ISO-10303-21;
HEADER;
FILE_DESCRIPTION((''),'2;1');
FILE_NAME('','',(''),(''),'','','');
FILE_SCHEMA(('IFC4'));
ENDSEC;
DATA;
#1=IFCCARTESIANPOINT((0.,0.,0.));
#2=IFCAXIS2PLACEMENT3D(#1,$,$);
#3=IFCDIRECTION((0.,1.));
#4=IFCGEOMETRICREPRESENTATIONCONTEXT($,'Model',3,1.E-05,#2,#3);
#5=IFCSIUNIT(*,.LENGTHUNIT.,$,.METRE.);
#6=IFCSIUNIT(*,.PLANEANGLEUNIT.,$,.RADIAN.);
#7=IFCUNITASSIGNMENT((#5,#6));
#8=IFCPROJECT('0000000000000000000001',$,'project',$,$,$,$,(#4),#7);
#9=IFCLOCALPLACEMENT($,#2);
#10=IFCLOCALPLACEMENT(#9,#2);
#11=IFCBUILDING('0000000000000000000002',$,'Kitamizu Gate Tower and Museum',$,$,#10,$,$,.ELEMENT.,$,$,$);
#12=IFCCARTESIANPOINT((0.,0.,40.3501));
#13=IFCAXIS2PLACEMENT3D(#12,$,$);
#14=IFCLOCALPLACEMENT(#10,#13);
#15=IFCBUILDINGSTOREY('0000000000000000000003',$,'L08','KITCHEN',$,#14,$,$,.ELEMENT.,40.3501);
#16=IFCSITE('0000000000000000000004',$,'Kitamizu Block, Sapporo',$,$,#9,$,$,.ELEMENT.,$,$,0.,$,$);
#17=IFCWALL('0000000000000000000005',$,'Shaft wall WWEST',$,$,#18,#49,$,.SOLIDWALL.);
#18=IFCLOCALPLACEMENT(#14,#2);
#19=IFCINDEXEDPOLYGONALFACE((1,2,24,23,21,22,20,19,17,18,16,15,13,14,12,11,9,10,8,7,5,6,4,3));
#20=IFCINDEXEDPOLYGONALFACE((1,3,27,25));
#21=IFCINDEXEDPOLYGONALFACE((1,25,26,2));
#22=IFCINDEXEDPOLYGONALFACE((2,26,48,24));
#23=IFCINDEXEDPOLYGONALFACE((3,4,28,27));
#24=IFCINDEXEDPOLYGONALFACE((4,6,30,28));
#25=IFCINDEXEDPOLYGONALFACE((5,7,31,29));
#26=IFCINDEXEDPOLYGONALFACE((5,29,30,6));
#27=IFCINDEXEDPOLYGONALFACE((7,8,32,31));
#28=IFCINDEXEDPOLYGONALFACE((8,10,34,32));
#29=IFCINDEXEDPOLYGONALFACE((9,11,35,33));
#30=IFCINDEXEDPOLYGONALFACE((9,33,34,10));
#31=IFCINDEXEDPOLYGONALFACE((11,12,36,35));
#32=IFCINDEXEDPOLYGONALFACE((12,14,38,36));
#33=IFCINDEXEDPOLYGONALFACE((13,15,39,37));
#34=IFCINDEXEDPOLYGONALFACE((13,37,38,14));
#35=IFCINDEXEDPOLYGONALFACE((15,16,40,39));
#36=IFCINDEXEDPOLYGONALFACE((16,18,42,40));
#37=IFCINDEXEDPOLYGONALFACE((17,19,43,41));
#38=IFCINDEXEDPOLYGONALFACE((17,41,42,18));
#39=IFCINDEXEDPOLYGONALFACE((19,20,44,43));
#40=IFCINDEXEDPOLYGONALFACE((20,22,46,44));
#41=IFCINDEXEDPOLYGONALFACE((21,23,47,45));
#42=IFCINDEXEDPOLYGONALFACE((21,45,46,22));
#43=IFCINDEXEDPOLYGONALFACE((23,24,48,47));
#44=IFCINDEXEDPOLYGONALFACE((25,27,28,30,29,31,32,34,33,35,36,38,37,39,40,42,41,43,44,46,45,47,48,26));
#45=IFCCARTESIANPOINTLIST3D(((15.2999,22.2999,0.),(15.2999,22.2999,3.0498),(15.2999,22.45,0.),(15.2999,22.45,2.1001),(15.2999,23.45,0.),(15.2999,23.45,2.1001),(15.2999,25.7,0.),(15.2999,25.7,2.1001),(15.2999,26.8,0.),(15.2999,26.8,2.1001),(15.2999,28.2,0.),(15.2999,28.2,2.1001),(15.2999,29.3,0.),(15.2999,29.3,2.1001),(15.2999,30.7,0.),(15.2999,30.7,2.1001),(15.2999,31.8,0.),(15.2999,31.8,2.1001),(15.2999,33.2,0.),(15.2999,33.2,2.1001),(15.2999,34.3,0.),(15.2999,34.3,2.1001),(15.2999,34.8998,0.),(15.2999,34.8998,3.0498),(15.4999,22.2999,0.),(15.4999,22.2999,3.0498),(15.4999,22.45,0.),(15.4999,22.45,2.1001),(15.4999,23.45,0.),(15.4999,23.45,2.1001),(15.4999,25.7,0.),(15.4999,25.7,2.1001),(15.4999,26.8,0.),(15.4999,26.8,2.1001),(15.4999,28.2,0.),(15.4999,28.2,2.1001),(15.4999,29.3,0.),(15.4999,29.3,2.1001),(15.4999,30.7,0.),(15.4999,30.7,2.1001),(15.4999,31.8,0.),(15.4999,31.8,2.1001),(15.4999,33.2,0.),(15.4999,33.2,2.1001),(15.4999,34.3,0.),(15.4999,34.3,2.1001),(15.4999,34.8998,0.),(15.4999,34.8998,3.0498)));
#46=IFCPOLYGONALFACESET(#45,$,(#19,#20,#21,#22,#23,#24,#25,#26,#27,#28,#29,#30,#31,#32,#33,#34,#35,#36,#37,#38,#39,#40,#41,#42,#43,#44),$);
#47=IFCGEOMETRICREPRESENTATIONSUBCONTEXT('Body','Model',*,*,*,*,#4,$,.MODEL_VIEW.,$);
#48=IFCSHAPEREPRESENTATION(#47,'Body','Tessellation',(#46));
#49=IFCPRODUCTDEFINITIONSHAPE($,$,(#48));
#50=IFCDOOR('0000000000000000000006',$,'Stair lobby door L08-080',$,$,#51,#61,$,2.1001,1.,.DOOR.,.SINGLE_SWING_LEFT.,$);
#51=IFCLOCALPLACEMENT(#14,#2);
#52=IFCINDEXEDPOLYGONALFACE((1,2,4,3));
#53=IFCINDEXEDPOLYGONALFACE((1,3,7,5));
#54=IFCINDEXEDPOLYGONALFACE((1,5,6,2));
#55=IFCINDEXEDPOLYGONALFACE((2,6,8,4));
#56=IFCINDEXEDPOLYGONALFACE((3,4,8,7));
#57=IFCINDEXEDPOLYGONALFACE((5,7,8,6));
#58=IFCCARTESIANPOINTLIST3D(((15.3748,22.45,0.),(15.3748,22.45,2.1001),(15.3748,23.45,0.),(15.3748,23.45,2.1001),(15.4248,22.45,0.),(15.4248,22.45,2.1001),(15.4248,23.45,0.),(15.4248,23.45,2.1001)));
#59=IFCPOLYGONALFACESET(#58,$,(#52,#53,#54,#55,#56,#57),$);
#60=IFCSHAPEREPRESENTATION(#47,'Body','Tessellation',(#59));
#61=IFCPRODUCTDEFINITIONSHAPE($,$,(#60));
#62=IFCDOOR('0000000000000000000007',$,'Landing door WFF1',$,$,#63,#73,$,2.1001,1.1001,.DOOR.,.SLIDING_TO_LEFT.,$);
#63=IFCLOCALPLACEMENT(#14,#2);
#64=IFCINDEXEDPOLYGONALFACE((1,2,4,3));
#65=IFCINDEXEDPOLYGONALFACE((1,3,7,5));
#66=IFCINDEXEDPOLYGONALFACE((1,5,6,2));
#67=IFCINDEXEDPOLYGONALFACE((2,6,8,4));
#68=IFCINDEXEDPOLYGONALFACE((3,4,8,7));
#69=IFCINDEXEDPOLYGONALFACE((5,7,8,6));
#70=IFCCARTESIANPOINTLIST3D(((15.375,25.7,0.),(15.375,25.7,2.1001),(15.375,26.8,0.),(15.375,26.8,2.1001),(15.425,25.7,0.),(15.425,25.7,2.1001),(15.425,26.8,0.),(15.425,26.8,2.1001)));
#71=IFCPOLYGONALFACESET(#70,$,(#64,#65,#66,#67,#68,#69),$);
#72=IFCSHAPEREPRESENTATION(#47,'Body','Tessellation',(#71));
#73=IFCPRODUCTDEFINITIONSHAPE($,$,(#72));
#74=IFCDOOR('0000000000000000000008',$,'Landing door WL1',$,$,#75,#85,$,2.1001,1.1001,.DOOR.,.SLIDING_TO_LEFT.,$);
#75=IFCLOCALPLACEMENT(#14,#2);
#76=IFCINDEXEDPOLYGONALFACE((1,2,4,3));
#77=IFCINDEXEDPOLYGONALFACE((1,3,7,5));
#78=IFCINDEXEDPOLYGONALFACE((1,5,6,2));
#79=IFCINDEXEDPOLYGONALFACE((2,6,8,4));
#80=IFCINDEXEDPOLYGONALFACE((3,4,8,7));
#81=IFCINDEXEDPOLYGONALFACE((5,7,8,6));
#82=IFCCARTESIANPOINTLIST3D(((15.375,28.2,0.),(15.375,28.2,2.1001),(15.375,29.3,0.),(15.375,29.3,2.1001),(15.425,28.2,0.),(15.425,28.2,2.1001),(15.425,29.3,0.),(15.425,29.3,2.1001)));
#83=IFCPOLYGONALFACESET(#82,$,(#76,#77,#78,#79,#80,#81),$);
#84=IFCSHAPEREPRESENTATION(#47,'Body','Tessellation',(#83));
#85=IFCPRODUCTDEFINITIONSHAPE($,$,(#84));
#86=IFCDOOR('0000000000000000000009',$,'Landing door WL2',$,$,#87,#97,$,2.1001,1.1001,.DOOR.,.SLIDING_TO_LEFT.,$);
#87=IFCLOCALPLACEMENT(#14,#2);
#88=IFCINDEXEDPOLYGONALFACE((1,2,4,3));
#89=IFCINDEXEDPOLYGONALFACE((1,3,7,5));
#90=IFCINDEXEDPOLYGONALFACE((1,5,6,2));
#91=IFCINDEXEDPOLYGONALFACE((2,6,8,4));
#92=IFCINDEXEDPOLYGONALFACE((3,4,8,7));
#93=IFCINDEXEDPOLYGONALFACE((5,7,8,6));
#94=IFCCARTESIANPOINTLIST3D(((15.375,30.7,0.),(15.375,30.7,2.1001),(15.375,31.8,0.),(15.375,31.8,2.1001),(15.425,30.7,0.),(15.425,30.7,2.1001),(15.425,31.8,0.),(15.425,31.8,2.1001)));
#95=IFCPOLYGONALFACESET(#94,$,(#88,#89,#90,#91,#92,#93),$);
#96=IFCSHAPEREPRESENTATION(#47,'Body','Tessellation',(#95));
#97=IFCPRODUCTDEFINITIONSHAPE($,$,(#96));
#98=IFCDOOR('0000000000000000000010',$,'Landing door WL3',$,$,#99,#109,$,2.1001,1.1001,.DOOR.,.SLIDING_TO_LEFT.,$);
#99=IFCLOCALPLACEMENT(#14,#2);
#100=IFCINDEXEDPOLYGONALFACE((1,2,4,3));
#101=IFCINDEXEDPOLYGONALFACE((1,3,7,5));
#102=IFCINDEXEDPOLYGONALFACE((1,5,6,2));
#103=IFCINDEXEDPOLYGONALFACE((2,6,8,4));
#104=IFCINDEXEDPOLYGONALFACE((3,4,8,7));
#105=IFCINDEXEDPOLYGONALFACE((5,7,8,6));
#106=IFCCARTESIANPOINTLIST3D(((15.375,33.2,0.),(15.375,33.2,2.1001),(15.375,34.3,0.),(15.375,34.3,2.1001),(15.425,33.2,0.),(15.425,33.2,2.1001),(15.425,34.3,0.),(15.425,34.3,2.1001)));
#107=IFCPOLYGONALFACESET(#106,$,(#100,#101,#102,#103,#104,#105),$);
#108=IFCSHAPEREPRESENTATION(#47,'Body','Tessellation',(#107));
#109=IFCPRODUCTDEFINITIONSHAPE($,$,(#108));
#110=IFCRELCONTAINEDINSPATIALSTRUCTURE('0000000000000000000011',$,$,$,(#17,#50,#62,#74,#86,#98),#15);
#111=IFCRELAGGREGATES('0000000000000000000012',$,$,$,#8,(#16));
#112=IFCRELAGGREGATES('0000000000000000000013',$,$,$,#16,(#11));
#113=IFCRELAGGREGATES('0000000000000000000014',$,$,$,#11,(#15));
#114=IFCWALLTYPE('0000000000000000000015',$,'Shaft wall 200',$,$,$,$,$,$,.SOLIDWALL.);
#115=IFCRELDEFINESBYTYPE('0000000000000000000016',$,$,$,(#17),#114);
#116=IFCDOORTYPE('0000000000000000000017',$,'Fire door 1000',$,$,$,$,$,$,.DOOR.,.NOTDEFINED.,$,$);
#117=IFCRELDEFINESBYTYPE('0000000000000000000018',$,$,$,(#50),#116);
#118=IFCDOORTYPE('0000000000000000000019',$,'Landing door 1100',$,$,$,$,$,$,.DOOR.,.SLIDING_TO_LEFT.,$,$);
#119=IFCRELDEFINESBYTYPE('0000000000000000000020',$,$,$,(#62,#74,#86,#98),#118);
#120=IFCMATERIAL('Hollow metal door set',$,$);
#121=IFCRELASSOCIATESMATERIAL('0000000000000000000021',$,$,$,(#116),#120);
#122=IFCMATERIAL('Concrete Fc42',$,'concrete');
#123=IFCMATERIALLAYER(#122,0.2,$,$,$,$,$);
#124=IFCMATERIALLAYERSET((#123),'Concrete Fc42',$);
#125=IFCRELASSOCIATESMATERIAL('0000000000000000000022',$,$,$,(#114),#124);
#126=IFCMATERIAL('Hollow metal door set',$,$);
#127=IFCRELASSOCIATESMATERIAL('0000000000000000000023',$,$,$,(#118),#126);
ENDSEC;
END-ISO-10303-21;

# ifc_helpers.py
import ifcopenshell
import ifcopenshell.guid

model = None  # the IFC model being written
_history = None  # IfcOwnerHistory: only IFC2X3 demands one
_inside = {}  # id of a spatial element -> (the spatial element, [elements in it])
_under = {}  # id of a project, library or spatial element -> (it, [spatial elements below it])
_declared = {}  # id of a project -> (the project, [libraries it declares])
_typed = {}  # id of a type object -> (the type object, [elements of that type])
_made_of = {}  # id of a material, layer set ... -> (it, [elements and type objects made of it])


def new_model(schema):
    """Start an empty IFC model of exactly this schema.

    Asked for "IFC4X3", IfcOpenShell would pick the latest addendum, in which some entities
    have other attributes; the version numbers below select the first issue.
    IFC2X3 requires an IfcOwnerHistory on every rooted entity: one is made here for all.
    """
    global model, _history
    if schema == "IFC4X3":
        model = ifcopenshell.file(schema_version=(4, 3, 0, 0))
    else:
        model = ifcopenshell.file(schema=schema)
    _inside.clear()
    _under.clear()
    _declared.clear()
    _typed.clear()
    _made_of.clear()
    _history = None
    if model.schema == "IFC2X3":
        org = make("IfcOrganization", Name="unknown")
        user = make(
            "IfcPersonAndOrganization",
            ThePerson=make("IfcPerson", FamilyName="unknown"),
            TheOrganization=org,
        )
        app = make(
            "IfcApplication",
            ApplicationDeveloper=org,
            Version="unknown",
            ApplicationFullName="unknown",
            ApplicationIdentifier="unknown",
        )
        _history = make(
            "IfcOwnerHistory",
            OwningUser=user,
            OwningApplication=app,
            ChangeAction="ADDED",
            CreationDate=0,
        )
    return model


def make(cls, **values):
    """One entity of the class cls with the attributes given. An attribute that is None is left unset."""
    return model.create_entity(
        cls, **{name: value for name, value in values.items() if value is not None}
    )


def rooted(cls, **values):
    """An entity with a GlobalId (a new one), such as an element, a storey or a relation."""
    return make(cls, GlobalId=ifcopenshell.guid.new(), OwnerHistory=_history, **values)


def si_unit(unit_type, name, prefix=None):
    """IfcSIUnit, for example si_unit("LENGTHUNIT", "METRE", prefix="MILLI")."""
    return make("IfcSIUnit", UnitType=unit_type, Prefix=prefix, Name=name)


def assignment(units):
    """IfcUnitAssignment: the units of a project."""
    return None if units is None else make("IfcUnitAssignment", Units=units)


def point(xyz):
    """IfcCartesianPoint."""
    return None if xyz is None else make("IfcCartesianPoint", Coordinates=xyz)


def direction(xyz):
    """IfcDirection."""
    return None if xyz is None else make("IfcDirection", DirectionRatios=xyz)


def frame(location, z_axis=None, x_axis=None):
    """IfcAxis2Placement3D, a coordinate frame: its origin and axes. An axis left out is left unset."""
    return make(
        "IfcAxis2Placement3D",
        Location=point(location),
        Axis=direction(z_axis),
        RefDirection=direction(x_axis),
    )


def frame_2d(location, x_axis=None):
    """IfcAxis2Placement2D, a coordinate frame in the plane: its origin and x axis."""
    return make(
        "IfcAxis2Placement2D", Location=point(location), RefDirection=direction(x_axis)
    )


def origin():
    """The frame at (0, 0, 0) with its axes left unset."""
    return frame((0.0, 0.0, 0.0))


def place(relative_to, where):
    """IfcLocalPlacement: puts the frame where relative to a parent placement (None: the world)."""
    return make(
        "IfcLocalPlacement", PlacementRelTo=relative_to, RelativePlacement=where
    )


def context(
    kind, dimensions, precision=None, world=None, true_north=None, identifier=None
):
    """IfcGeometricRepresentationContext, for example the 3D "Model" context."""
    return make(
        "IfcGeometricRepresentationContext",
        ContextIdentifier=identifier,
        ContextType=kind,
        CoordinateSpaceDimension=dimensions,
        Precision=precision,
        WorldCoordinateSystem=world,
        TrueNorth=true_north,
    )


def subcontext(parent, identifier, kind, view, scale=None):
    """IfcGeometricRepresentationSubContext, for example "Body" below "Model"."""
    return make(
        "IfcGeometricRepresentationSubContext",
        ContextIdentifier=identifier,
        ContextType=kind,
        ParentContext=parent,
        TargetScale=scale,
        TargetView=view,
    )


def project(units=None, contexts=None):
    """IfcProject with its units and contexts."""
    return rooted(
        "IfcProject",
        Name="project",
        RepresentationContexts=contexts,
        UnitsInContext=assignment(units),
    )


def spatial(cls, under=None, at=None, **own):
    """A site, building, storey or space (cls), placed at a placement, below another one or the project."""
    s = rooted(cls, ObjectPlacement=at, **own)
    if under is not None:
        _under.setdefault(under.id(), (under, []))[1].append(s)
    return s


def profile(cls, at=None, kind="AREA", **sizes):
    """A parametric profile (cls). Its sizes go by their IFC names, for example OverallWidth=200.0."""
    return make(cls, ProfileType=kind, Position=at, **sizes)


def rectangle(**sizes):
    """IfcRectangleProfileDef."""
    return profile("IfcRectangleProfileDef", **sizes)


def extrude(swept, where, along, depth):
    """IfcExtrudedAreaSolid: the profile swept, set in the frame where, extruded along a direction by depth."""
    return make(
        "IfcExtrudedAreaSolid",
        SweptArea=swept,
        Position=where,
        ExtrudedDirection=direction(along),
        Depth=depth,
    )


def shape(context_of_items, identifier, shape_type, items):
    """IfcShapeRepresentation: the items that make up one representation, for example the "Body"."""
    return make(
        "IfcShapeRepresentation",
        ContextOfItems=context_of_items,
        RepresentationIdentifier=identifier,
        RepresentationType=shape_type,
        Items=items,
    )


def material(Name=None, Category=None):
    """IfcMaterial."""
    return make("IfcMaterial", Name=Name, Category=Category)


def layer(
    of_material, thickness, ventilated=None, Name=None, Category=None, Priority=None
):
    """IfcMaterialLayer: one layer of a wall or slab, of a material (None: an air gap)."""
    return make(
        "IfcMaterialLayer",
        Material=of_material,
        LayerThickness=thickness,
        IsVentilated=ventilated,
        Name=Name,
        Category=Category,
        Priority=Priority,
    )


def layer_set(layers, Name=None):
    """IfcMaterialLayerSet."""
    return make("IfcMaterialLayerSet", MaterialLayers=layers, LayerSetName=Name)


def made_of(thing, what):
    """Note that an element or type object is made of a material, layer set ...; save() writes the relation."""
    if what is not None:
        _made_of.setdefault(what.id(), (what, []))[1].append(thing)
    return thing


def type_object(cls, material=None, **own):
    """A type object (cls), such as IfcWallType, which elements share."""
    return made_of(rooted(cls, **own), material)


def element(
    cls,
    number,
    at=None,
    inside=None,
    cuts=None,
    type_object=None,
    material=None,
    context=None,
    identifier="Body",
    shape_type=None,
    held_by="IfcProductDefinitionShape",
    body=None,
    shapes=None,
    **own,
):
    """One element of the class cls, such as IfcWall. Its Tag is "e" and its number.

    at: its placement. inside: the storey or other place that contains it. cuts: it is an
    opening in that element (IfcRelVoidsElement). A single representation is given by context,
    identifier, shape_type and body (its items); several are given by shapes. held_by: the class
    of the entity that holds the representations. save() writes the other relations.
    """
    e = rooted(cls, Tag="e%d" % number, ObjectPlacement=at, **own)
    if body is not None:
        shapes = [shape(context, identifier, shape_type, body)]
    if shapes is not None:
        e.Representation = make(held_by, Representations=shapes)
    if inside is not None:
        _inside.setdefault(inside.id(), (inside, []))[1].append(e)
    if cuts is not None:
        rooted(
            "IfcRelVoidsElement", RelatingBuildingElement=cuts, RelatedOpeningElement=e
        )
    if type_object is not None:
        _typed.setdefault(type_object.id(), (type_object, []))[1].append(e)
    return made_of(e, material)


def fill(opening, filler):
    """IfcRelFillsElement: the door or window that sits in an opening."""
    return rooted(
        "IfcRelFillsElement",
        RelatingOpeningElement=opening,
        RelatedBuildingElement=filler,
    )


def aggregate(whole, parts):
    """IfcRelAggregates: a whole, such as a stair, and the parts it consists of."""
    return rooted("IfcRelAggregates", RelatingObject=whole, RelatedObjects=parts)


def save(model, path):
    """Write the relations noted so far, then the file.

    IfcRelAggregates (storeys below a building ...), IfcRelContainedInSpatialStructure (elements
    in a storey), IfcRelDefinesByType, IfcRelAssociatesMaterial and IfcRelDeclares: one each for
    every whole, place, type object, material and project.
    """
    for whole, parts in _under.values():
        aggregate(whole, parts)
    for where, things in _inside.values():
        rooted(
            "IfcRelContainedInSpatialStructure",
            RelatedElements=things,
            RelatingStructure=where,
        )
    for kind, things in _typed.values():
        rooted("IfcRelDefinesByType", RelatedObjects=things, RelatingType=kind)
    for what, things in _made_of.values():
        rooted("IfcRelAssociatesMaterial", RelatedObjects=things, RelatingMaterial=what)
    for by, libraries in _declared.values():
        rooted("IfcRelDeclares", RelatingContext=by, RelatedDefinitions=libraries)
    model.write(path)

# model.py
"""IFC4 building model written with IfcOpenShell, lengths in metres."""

from ifc_helpers import new_model, si_unit, direction, frame, frame_2d, origin, place, context, subcontext, project, spatial, rectangle, extrude, material, layer, layer_set, type_object, element, fill, save


model = new_model("IFC4")

# Units and contexts
model_context = context("Model", 3, precision=1e-05, world=origin(), true_north=direction((0.0, 1.0)))
body_context = subcontext(model_context, "Body", "Model", "MODEL_VIEW")
ifc_project = project(units=[si_unit("LENGTHUNIT", "METRE"), si_unit("PLANEANGLEUNIT", "RADIAN")], contexts=[model_context])

# Site, building, storey
site_placement = place(None, origin())
site = spatial("IfcSite", under=ifc_project, at=site_placement, Name="Kitamizu Block, Sapporo", CompositionType="ELEMENT", RefElevation=0.0)
building_placement = place(site_placement, origin())
building = spatial("IfcBuilding", under=site, at=building_placement, Name="Kitamizu Gate Tower and Museum", CompositionType="ELEMENT")
storey_placement = place(building_placement, frame((0.0, 0.0, 40.3501)))
storey = spatial("IfcBuildingStorey", under=building, at=storey_placement, Name="L08", Description="KITCHEN", CompositionType="ELEMENT", Elevation=40.3501)

# Shared definitions
ifc_material_1 = material(Name="Hollow metal door set")
door_type_1 = type_object("IfcDoorType", Name="Fire door 1000", OperationType="NOTDEFINED", PredefinedType="DOOR", material=ifc_material_1)

# Wall, openings, doors
ifc_material_2 = material(Name="Concrete Fc42", Category="concrete")
ifc_layer_1 = layer(ifc_material_2, 0.2)
ifc_layer_set_1 = layer_set([ifc_layer_1], Name="Concrete Fc42")
wall_type_1 = type_object("IfcWallType", Name="Shaft wall 200", PredefinedType="SOLIDWALL", material=ifc_layer_set_1)
wall_1_placement = place(storey_placement, frame((15.3999, 22.3, 0.0), z_axis=(0.0, 0.0, 1.0), x_axis=(0.0, 1.0, 0.0)))
wall_1 = element("IfcWall", 1, at=wall_1_placement, inside=storey, type_object=wall_type_1, Name="Shaft wall WWEST", PredefinedType="SOLIDWALL", context=body_context, shape_type="SweptSolid", body=[
    extrude(rectangle(XDim=12.5999, YDim=0.2, at=frame_2d((6.2998, 0.0))), origin(), (0.0, 0.0, 1.0), 3.0498),
])
opening_1_placement = place(wall_1_placement, frame((3.3999, 0.0, 0.0)))
opening_1 = element("IfcOpeningElement", 2, at=opening_1_placement, cuts=wall_1, PredefinedType="OPENING", context=body_context, shape_type="SweptSolid", body=[
    extrude(rectangle(XDim=1.1001, YDim=2.1001, at=frame_2d((0.55, 1.05))), frame((0.0, 0.1099, 0.0), z_axis=(0.0, -1.0, 0.0), x_axis=(1.0, 0.0, 0.0)), (0.0, 0.0, 1.0), 0.22),
])
opening_2_placement = place(wall_1_placement, frame((5.8999, 0.0, 0.0)))
opening_2 = element("IfcOpeningElement", 3, at=opening_2_placement, cuts=wall_1, PredefinedType="OPENING", context=body_context, shape_type="SweptSolid", body=[
    extrude(rectangle(XDim=1.1001, YDim=2.1001, at=frame_2d((0.55, 1.05))), frame((0.0, 0.1099, 0.0), z_axis=(0.0, -1.0, 0.0), x_axis=(1.0, 0.0, 0.0)), (0.0, 0.0, 1.0), 0.22),
])
opening_3_placement = place(wall_1_placement, frame((8.3999, 0.0, 0.0)))
opening_3 = element("IfcOpeningElement", 4, at=opening_3_placement, cuts=wall_1, PredefinedType="OPENING", context=body_context, shape_type="SweptSolid", body=[
    extrude(rectangle(XDim=1.1001, YDim=2.1001, at=frame_2d((0.55, 1.05))), frame((0.0, 0.1099, 0.0), z_axis=(0.0, -1.0, 0.0), x_axis=(1.0, 0.0, 0.0)), (0.0, 0.0, 1.0), 0.22),
])
opening_4_placement = place(wall_1_placement, frame((10.8999, 0.0, 0.0)))
opening_4 = element("IfcOpeningElement", 5, at=opening_4_placement, cuts=wall_1, PredefinedType="OPENING", context=body_context, shape_type="SweptSolid", body=[
    extrude(rectangle(XDim=1.1001, YDim=2.1001, at=frame_2d((0.55, 1.05))), frame((0.0, 0.1099, 0.0), z_axis=(0.0, -1.0, 0.0), x_axis=(1.0, 0.0, 0.0)), (0.0, 0.0, 1.0), 0.22),
])
opening_5_placement = place(wall_1_placement, frame((0.1499, 0.0, 0.0)))
opening_5 = element("IfcOpeningElement", 6, at=opening_5_placement, cuts=wall_1, PredefinedType="OPENING", context=body_context, shape_type="SweptSolid", body=[
    extrude(rectangle(XDim=1.0, YDim=2.1001, at=frame_2d((0.5, 1.05))), frame((0.0, 0.1099, 0.0), z_axis=(0.0, -1.0, 0.0), x_axis=(1.0, 0.0, 0.0)), (0.0, 0.0, 1.0), 0.22),
])
door_1_placement = place(opening_5_placement, frame((1.0, 0.0, 0.0), x_axis=(-1.0, 0.0, 0.0)))
door_1 = element("IfcDoor", 7, at=door_1_placement, inside=storey, type_object=door_type_1, Name="Stair lobby door L08-080", OperationType="SINGLE_SWING_LEFT", OverallHeight=2.1001, OverallWidth=1.0, PredefinedType="DOOR", context=body_context, shape_type="SweptSolid", body=[
    extrude(rectangle(XDim=1.0, YDim=2.1001, at=frame_2d((0.5, 1.05))), frame((0.0, 0.0249, 0.0), z_axis=(0.0, -1.0, 0.0), x_axis=(1.0, 0.0, 0.0)), (0.0, 0.0, 1.0), 0.05),
])
fill(opening_5, door_1)
ifc_material_3 = material(Name="Hollow metal door set")
door_type_2 = type_object("IfcDoorType", Name="Landing door 1100", OperationType="SLIDING_TO_LEFT", PredefinedType="DOOR", material=ifc_material_3)
door_2_placement = place(opening_1_placement, origin())
door_2 = element("IfcDoor", 8, at=door_2_placement, inside=storey, type_object=door_type_2, Name="Landing door WFF1", OperationType="SLIDING_TO_LEFT", OverallHeight=2.1001, OverallWidth=1.1001, PredefinedType="DOOR", context=body_context, shape_type="SweptSolid", body=[
    extrude(rectangle(XDim=1.1001, YDim=2.1001, at=frame_2d((0.55, 1.05))), frame((0.0, 0.0249, 0.0), z_axis=(0.0, -1.0, 0.0), x_axis=(1.0, 0.0, 0.0)), (0.0, 0.0, 1.0), 0.05),
])
fill(opening_1, door_2)
door_3_placement = place(opening_2_placement, origin())
door_3 = element("IfcDoor", 9, at=door_3_placement, inside=storey, type_object=door_type_2, Name="Landing door WL1", OperationType="SLIDING_TO_LEFT", OverallHeight=2.1001, OverallWidth=1.1001, PredefinedType="DOOR", context=body_context, shape_type="SweptSolid", body=[
    extrude(rectangle(XDim=1.1001, YDim=2.1001, at=frame_2d((0.55, 1.05))), frame((0.0, 0.0249, 0.0), z_axis=(0.0, -1.0, 0.0), x_axis=(1.0, 0.0, 0.0)), (0.0, 0.0, 1.0), 0.05),
])
fill(opening_2, door_3)
door_4_placement = place(opening_3_placement, origin())
door_4 = element("IfcDoor", 10, at=door_4_placement, inside=storey, type_object=door_type_2, Name="Landing door WL2", OperationType="SLIDING_TO_LEFT", OverallHeight=2.1001, OverallWidth=1.1001, PredefinedType="DOOR", context=body_context, shape_type="SweptSolid", body=[
    extrude(rectangle(XDim=1.1001, YDim=2.1001, at=frame_2d((0.55, 1.05))), frame((0.0, 0.0249, 0.0), z_axis=(0.0, -1.0, 0.0), x_axis=(1.0, 0.0, 0.0)), (0.0, 0.0, 1.0), 0.05),
])
fill(opening_3, door_4)
door_5_placement = place(opening_4_placement, origin())
door_5 = element("IfcDoor", 11, at=door_5_placement, inside=storey, type_object=door_type_2, Name="Landing door WL3", OperationType="SLIDING_TO_LEFT", OverallHeight=2.1001, OverallWidth=1.1001, PredefinedType="DOOR", context=body_context, shape_type="SweptSolid", body=[
    extrude(rectangle(XDim=1.1001, YDim=2.1001, at=frame_2d((0.55, 1.05))), frame((0.0, 0.0249, 0.0), z_axis=(0.0, -1.0, 0.0), x_axis=(1.0, 0.0, 0.0)), (0.0, 0.0, 1.0), 0.05),
])
fill(opening_4, door_5)

save(model, "model.ifc")
